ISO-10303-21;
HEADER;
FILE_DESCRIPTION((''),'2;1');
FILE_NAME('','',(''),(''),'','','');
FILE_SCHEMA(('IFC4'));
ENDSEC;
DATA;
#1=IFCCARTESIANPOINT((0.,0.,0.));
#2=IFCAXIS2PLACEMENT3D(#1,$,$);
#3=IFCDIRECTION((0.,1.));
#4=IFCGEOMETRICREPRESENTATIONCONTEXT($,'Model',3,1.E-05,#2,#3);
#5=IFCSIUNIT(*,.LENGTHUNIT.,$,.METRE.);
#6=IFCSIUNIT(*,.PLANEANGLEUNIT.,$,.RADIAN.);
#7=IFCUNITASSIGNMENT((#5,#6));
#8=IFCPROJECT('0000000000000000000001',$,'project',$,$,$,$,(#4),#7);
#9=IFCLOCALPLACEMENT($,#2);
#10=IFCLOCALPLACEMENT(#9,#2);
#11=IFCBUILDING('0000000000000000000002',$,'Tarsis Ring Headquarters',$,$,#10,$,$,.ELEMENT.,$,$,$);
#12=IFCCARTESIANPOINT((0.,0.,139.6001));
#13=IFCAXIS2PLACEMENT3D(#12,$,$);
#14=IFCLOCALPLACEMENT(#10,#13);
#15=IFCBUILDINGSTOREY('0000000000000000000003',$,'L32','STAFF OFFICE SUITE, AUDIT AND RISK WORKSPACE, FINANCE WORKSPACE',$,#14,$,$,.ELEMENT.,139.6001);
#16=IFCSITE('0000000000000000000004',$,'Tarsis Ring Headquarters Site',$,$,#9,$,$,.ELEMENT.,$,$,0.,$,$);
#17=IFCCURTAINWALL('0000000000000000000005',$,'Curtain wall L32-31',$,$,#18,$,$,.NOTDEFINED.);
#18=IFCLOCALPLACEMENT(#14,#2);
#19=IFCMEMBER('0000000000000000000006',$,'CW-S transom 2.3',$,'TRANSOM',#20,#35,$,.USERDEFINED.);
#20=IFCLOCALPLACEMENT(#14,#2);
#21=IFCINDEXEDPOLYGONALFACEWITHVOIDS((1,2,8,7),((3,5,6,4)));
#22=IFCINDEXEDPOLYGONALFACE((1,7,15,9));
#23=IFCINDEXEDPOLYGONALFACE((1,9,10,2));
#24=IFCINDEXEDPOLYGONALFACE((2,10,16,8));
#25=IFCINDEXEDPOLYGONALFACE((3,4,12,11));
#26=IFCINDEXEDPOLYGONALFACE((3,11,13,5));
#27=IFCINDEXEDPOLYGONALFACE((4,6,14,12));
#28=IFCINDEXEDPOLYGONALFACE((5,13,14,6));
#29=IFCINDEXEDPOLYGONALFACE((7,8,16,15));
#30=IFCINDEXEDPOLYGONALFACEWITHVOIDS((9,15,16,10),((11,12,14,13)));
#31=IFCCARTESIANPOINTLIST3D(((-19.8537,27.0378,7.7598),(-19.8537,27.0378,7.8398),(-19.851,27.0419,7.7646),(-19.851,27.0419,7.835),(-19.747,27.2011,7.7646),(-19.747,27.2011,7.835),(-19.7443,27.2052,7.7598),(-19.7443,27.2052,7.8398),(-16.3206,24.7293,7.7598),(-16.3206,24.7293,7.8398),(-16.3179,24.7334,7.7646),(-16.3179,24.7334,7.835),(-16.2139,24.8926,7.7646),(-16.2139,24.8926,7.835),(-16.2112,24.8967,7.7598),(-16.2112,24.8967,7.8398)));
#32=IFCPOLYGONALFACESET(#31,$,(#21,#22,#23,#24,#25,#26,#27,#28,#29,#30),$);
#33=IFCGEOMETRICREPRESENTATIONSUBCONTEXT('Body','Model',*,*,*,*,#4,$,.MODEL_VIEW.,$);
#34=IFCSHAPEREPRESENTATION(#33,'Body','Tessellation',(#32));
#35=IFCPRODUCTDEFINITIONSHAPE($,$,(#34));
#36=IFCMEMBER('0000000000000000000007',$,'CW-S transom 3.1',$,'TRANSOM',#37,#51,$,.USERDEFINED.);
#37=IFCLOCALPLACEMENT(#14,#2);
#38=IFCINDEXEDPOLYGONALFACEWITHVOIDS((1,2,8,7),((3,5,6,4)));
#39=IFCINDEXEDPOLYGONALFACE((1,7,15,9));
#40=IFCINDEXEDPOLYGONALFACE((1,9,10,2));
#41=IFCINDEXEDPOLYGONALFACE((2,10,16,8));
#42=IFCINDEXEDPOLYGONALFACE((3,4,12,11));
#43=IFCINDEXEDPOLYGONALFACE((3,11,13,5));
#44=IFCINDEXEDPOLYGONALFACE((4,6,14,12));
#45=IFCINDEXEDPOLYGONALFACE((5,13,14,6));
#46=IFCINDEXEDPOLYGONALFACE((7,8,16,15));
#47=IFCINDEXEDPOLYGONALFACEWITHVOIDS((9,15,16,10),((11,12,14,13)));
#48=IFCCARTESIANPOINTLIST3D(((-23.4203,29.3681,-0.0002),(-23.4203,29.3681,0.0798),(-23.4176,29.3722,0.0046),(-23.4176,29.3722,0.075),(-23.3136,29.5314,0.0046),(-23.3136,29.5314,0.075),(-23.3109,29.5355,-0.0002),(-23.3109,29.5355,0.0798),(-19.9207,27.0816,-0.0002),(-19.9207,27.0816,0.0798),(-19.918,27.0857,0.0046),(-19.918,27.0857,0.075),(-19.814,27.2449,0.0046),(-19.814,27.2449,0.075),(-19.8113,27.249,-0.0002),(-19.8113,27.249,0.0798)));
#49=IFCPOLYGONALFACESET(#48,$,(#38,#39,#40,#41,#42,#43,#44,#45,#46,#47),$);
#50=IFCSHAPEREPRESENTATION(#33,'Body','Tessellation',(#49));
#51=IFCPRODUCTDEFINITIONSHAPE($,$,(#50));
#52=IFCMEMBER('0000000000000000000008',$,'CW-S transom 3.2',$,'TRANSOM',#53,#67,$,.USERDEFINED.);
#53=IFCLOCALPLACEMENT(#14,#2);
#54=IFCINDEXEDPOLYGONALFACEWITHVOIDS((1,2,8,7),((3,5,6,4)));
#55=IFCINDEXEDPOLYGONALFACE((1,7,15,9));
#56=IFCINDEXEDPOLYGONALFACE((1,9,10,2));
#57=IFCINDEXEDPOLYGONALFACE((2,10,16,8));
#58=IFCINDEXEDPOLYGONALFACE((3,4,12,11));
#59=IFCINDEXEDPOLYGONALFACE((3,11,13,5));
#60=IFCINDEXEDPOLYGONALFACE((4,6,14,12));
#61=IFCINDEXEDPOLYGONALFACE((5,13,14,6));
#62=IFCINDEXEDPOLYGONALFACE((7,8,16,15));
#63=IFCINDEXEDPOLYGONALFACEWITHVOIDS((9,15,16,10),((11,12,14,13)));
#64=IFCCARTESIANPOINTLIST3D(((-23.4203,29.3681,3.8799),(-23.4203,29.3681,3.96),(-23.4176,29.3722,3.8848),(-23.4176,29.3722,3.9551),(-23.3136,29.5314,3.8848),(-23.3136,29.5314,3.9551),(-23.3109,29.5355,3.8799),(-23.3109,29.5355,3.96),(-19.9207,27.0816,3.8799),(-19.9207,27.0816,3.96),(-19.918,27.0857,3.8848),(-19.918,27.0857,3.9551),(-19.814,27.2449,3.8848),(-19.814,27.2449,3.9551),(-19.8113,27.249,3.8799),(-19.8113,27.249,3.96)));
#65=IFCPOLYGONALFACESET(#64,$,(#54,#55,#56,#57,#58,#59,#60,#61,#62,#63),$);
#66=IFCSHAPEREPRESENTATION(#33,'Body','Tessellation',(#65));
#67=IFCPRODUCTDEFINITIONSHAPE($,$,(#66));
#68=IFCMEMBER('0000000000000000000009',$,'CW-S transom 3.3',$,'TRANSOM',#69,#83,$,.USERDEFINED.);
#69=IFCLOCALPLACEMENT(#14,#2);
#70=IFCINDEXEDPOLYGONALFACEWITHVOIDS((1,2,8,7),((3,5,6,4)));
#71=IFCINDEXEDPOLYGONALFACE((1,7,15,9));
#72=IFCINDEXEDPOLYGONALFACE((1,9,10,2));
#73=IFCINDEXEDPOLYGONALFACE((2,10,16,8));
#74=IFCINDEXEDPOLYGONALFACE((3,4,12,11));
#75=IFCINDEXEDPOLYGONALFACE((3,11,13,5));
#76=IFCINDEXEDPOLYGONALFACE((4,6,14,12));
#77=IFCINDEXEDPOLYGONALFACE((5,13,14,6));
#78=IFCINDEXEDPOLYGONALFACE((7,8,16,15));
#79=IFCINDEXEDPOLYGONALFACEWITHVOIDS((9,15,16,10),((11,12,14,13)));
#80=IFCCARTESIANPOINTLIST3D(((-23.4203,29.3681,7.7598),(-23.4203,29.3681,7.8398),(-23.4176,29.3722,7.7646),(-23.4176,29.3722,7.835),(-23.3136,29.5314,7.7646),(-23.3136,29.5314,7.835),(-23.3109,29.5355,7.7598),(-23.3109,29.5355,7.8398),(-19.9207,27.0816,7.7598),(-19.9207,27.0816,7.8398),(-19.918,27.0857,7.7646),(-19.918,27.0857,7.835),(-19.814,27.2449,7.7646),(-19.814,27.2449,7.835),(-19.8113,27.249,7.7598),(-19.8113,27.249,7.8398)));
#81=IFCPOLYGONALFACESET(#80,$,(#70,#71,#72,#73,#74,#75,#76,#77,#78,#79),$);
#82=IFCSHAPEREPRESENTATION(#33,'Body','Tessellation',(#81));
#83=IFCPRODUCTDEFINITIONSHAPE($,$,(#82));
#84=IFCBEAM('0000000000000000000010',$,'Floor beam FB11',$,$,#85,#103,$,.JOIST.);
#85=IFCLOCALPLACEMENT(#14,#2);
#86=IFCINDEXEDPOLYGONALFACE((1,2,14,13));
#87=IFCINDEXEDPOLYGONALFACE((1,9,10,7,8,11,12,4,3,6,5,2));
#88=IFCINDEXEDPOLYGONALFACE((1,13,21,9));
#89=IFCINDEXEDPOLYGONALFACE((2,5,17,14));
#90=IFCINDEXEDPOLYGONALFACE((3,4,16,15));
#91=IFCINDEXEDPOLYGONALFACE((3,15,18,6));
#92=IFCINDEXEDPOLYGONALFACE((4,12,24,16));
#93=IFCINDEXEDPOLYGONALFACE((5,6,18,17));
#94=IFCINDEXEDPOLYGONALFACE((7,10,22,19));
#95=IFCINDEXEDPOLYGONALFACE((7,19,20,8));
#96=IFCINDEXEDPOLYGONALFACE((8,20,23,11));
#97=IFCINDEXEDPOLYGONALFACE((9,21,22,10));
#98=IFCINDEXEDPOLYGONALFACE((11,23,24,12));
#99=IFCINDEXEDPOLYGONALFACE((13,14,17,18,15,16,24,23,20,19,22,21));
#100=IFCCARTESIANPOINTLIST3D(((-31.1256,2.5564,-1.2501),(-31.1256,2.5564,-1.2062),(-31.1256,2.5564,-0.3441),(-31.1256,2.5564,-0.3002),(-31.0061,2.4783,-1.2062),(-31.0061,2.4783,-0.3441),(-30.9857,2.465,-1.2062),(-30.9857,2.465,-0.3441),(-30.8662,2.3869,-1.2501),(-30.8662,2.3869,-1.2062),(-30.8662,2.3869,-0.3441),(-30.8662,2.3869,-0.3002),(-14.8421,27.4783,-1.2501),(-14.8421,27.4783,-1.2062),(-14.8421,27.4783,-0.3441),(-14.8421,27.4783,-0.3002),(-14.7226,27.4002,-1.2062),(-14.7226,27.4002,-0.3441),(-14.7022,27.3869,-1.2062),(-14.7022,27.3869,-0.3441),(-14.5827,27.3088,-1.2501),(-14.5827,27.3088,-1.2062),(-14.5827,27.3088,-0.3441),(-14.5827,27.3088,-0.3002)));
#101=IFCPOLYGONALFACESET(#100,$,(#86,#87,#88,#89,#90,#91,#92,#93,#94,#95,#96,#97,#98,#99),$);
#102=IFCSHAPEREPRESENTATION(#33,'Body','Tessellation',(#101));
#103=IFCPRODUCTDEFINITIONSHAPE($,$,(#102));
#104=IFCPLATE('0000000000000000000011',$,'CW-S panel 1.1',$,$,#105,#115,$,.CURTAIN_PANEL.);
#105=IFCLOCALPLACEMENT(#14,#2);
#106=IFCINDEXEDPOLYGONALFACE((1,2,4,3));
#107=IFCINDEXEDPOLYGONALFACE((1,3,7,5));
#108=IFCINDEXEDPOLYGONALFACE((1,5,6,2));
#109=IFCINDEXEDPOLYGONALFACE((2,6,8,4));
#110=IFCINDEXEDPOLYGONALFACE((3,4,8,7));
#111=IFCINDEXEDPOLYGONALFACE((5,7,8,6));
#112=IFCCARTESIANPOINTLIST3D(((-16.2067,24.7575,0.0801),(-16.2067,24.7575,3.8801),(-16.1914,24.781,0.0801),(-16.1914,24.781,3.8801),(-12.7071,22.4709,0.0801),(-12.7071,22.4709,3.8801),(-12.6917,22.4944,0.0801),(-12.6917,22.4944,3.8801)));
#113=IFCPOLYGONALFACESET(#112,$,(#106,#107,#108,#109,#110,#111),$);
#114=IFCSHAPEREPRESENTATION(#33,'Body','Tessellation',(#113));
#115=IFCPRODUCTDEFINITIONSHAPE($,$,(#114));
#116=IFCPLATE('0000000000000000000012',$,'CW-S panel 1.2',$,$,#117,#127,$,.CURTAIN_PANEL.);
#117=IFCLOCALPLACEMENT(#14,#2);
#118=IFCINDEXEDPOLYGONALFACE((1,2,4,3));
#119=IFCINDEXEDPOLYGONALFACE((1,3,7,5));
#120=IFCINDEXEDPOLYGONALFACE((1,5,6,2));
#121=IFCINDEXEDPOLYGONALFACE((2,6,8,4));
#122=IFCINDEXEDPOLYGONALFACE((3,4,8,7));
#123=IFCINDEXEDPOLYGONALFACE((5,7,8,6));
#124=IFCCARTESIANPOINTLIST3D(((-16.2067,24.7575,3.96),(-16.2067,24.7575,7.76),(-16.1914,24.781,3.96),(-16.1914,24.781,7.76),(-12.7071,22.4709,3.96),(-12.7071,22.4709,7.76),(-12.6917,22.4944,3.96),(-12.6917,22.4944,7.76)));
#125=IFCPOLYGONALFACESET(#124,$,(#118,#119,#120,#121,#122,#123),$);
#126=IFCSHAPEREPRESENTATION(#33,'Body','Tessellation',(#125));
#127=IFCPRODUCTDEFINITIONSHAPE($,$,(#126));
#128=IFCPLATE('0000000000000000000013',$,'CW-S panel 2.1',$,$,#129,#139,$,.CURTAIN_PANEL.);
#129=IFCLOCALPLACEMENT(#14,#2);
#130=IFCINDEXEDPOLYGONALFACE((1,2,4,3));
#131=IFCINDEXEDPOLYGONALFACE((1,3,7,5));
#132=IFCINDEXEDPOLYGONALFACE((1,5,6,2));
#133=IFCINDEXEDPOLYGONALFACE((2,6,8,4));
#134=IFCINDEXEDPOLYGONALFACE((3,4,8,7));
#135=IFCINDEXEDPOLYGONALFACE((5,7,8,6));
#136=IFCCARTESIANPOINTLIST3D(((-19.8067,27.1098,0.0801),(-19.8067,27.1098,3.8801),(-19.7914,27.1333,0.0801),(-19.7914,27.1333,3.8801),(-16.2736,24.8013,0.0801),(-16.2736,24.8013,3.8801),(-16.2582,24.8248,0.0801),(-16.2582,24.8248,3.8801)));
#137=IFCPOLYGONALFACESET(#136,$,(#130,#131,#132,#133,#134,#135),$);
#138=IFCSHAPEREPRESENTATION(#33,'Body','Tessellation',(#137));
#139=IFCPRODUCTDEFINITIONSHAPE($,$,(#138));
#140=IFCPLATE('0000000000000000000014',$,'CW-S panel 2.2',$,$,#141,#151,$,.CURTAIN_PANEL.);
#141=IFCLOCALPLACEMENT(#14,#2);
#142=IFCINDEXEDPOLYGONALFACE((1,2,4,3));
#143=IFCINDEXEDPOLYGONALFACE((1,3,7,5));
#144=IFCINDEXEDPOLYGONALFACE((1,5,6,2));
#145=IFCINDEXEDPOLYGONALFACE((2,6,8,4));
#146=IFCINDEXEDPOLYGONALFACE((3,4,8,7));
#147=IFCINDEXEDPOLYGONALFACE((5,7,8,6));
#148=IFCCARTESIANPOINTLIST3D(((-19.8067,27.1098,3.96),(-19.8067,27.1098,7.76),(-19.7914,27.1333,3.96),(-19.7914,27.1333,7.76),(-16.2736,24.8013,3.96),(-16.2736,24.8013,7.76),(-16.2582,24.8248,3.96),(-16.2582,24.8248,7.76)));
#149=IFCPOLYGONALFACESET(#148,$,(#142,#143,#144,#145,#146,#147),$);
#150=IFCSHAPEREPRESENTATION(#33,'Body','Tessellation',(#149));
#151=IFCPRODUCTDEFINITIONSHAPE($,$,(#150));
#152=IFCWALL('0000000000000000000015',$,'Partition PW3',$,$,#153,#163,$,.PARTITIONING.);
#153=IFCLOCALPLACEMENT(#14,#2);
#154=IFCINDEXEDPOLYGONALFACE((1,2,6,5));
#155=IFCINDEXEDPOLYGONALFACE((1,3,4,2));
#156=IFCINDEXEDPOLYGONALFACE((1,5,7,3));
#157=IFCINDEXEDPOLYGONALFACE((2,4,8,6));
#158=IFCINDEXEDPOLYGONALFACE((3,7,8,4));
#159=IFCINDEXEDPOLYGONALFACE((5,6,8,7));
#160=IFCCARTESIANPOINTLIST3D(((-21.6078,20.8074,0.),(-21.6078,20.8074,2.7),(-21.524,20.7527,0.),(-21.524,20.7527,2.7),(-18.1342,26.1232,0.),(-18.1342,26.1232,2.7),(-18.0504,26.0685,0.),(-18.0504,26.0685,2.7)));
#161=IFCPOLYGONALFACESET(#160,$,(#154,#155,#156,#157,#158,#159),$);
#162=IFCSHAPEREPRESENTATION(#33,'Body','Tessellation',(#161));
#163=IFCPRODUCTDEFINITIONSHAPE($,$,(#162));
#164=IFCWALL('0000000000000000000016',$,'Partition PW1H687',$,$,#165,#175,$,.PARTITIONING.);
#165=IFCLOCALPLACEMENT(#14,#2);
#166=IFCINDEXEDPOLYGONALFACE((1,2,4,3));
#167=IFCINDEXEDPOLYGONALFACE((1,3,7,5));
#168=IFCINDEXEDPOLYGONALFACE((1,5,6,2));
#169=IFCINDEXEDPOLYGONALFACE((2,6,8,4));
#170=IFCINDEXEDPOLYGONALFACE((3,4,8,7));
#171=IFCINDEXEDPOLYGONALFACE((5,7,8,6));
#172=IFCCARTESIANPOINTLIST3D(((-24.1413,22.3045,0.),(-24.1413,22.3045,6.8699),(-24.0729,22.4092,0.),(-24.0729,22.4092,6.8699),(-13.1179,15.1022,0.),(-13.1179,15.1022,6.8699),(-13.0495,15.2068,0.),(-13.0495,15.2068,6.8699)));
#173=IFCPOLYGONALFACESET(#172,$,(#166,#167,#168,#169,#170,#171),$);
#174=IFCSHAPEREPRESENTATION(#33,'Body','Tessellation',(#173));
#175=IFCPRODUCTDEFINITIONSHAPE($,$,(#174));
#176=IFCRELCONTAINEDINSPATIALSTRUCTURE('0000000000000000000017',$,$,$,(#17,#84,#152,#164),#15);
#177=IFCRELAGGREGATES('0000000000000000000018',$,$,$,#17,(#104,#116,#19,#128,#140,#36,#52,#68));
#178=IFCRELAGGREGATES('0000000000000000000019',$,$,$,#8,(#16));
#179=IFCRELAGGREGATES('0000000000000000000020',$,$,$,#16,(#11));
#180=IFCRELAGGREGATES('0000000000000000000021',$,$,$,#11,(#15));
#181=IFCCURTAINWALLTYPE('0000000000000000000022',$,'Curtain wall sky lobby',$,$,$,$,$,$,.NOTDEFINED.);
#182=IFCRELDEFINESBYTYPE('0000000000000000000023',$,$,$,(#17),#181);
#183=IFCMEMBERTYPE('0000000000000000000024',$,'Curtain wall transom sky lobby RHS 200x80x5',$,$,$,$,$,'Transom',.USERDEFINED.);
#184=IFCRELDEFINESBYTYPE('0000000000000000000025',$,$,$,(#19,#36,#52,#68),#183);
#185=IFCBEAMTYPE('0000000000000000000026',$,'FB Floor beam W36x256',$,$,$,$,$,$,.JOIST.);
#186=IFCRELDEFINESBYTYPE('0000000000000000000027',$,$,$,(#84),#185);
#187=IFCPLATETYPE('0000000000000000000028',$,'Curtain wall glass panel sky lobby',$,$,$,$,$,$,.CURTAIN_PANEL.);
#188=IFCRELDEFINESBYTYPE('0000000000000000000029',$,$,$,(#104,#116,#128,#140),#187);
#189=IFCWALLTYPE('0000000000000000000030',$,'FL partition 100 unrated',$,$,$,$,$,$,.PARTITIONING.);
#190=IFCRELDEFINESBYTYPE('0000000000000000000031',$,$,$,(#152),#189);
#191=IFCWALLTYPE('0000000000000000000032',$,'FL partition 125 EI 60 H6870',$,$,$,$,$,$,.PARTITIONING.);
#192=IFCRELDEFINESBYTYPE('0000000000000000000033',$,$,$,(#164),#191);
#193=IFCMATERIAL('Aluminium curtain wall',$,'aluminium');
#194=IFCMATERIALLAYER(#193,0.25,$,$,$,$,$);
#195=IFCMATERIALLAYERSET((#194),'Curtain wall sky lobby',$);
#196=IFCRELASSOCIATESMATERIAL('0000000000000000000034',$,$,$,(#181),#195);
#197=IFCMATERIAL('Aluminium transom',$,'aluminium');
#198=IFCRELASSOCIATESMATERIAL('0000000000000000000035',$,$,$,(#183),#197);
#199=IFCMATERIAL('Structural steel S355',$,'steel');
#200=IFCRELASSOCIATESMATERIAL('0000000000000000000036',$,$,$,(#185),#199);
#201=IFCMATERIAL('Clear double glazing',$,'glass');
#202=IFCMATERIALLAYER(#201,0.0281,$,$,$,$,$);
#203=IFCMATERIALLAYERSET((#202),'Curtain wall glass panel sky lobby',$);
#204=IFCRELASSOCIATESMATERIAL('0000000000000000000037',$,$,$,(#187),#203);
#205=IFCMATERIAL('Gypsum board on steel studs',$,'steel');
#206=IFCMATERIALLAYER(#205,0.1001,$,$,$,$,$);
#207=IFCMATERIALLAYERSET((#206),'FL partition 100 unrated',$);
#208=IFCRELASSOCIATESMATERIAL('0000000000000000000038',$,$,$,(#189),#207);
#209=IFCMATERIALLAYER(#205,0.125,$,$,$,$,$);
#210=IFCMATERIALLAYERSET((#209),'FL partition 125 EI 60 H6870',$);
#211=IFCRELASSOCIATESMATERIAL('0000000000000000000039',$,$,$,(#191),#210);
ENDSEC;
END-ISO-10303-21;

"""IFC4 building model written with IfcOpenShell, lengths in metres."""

from ifc_helpers import new_model, si_unit, direction, frame, frame_2d, origin, origin_2d, place, context, subcontext, project, spatial, rectangle, hollow_rectangle, i_section, extrude, material, layer, layer_set, material_profile, profile_set, type_object, element, aggregate, save


model = new_model("IFC4")

# Units and contexts
model_context = context("Model", 3, precision=1e-05, world=origin(), true_north=direction((0.0, 1.0)))
body_context = subcontext(model_context, "Body", "Model", "MODEL_VIEW")
ifc_project = project(units=[si_unit("LENGTHUNIT", "METRE"), si_unit("PLANEANGLEUNIT", "RADIAN")], contexts=[model_context])

# Site, building, storey
site_placement = place(None, origin())
site = spatial("IfcSite", under=ifc_project, at=site_placement, Name="Tarsis Ring Headquarters Site", CompositionType="ELEMENT", RefElevation=0.0)
building_placement = place(site_placement, origin())
building = spatial("IfcBuilding", under=site, at=building_placement, Name="Tarsis Ring Headquarters", CompositionType="ELEMENT")
storey_placement = place(building_placement, frame((0.0, 0.0, 139.6001)))
storey = spatial("IfcBuildingStorey", under=building, at=storey_placement, Name="L32", Description="STAFF OFFICE SUITE, AUDIT AND RISK WORKSPACE, FINANCE WORKSPACE", CompositionType="ELEMENT", Elevation=139.6001)

# Shared definitions
ifc_material_1 = material(Name="Structural steel S355", Category="steel")

# Curtain wall, members
ifc_material_2 = material(Name="Aluminium curtain wall", Category="aluminium")
ifc_layer_1 = layer(ifc_material_2, 0.25)
ifc_layer_set_1 = layer_set([ifc_layer_1], Name="Curtain wall sky lobby")
curtain_wall_type = type_object("IfcCurtainWallType", Name="Curtain wall sky lobby", PredefinedType="NOTDEFINED", material=ifc_layer_set_1)
curtain_wall_placement = place(storey_placement, origin())
curtain_wall = element("IfcCurtainWall", 1, at=curtain_wall_placement, inside=storey, type_object=curtain_wall_type, Name="Curtain wall L32-31", PredefinedType="NOTDEFINED")
ifc_material_3 = material(Name="Aluminium transom", Category="aluminium")
ifc_material_profile_1 = material_profile(ifc_material_3, hollow_rectangle(XDim=0.2, YDim=0.0801, WallThickness=0.0049, at=origin_2d()), Name="RHS 200x80x5")
ifc_profile_set_1 = profile_set([ifc_material_profile_1], Name="Aluminium transom")
member_type_1 = type_object("IfcMemberType", Name="Curtain wall transom sky lobby RHS 200x80x5", ElementType="Transom", PredefinedType="USERDEFINED", material=ifc_profile_set_1)
member_1_placement = place(storey_placement, frame((-16.2659, 24.813, 7.7998), z_axis=(-0.837141, 0.546988, 0.0), x_axis=(-0.546988, -0.837141, 0.0)))
member_1 = element("IfcMember", 2, at=member_1_placement, type_object=member_type_1, Name="CW-S transom 2.3", ObjectType="TRANSOM", PredefinedType="USERDEFINED", context=body_context, shape_type="SweptSolid", body=[
    extrude(hollow_rectangle(XDim=0.2, YDim=0.0801, WallThickness=0.0049, at=origin_2d()), origin(), (0.0, 0.0, 1.0), 4.2205),
])
member_2_placement = place(storey_placement, frame((-19.866, 27.1653, 0.0398), z_axis=(-0.837154, 0.546968, 0.0), x_axis=(-0.546968, -0.837154, 0.0)))
member_2 = element("IfcMember", 3, at=member_2_placement, type_object=member_type_1, Name="CW-S transom 3.1", ObjectType="TRANSOM", PredefinedType="USERDEFINED", context=body_context, shape_type="SweptSolid", body=[
    extrude(hollow_rectangle(XDim=0.2, YDim=0.0801, WallThickness=0.0049, at=origin_2d()), origin(), (0.0, 0.0, 1.0), 4.1804),
])
member_3_placement = place(storey_placement, frame((-19.866, 27.1653, 3.9199), z_axis=(-0.837154, 0.546968, 0.0), x_axis=(-0.546968, -0.837154, 0.0)))
member_3 = element("IfcMember", 4, at=member_3_placement, type_object=member_type_1, Name="CW-S transom 3.2", ObjectType="TRANSOM", PredefinedType="USERDEFINED", context=body_context, shape_type="SweptSolid", body=[
    extrude(hollow_rectangle(XDim=0.2, YDim=0.0801, WallThickness=0.0049, at=origin_2d()), origin(), (0.0, 0.0, 1.0), 4.1804),
])
member_4_placement = place(storey_placement, frame((-19.866, 27.1653, 7.7998), z_axis=(-0.837154, 0.546968, 0.0), x_axis=(-0.546968, -0.837154, 0.0)))
member_4 = element("IfcMember", 5, at=member_4_placement, type_object=member_type_1, Name="CW-S transom 3.3", ObjectType="TRANSOM", PredefinedType="USERDEFINED", context=body_context, shape_type="SweptSolid", body=[
    extrude(hollow_rectangle(XDim=0.2, YDim=0.0801, WallThickness=0.0049, at=origin_2d()), origin(), (0.0, 0.0, 1.0), 4.1804),
])

# Beam
ifc_material_profile_2 = material_profile(ifc_material_1, i_section(OverallWidth=0.3098, OverallDepth=0.95, WebThickness=0.0244, FlangeThickness=0.0439, at=origin_2d()), Name="W36x256")
ifc_profile_set_2 = profile_set([ifc_material_profile_2], Name="Structural steel S355")
beam_type = type_object("IfcBeamType", Name="FB Floor beam W36x256", PredefinedType="JOIST", material=ifc_profile_set_2)
beam_placement = place(storey_placement, frame((-14.7124, 27.3936, -0.7751), z_axis=(-0.546976, -0.837148, 0.0), x_axis=(0.837148, -0.546976, 0.0)))
element("IfcBeam", 6, at=beam_placement, inside=storey, type_object=beam_type, Name="Floor beam FB11", PredefinedType="JOIST", context=body_context, shape_type="SweptSolid", body=[
    extrude(i_section(OverallWidth=0.3098, OverallDepth=0.95, WebThickness=0.0244, FlangeThickness=0.0439, at=origin_2d()), origin(), (0.0, 0.0, 1.0), 29.77),
])

# Plates
ifc_material_4 = material(Name="Clear double glazing", Category="glass")
ifc_layer_2 = layer(ifc_material_4, 0.0281)
ifc_layer_set_2 = layer_set([ifc_layer_2], Name="Curtain wall glass panel sky lobby")
plate_type = type_object("IfcPlateType", Name="Curtain wall glass panel sky lobby", PredefinedType="CURTAIN_PANEL", material=ifc_layer_set_2)
plate_1_placement = place(storey_placement, frame((-14.4492, 23.626, 0.0801), z_axis=(0.0, 0.0, 1.0), x_axis=(-0.837146, 0.546979, 0.0)))
plate_1 = element("IfcPlate", 7, at=plate_1_placement, type_object=plate_type, Name="CW-S panel 1.1", PredefinedType="CURTAIN_PANEL", context=body_context, shape_type="SweptSolid", body=[
    extrude(rectangle(XDim=4.1804, YDim=0.0281, at=origin_2d()), origin(), (0.0, 0.0, 1.0), 3.8),
])
plate_2_placement = place(storey_placement, frame((-14.4492, 23.626, 3.96), z_axis=(0.0, 0.0, 1.0), x_axis=(-0.837146, 0.546979, 0.0)))
plate_2 = element("IfcPlate", 8, at=plate_2_placement, type_object=plate_type, Name="CW-S panel 1.2", PredefinedType="CURTAIN_PANEL", context=body_context, shape_type="SweptSolid", body=[
    extrude(rectangle(XDim=4.1804, YDim=0.0281, at=origin_2d()), origin(), (0.0, 0.0, 1.0), 3.8),
])
plate_3_placement = place(storey_placement, frame((-18.0325, 25.9673, 0.0801), z_axis=(0.0, 0.0, 1.0), x_axis=(-0.837146, 0.546979, 0.0)))
plate_3 = element("IfcPlate", 9, at=plate_3_placement, type_object=plate_type, Name="CW-S panel 2.1", PredefinedType="CURTAIN_PANEL", context=body_context, shape_type="SweptSolid", body=[
    extrude(rectangle(XDim=4.2205, YDim=0.0281, at=origin_2d()), origin(), (0.0, 0.0, 1.0), 3.8),
])
plate_4_placement = place(storey_placement, frame((-18.0325, 25.9673, 3.96), z_axis=(0.0, 0.0, 1.0), x_axis=(-0.837146, 0.546979, 0.0)))
plate_4 = element("IfcPlate", 10, at=plate_4_placement, type_object=plate_type, Name="CW-S panel 2.2", PredefinedType="CURTAIN_PANEL", context=body_context, shape_type="SweptSolid", body=[
    extrude(rectangle(XDim=4.2205, YDim=0.0281, at=origin_2d()), origin(), (0.0, 0.0, 1.0), 3.8),
])
aggregate(curtain_wall, [plate_1, plate_2, member_1, plate_3, plate_4, member_2, member_3, member_4])

# Walls
ifc_material_5 = material(Name="Gypsum board on steel studs", Category="steel")
ifc_layer_3 = layer(ifc_material_5, 0.1001)
ifc_layer_set_3 = layer_set([ifc_layer_3], Name="FL partition 100 unrated")
wall_type_1 = type_object("IfcWallType", Name="FL partition 100 unrated", PredefinedType="PARTITIONING", material=ifc_layer_set_3)
wall_1_placement = place(storey_placement, frame((-21.5659, 20.78, 0.0), z_axis=(0.0, 0.0, 1.0), x_axis=(0.547011, 0.837125, 0.0)))
element("IfcWall", 11, at=wall_1_placement, inside=storey, type_object=wall_type_1, Name="Partition PW3", PredefinedType="PARTITIONING", context=body_context, shape_type="SweptSolid", body=[
    extrude(rectangle(XDim=6.3501, YDim=0.1001, at=frame_2d((3.175, 0.0))), origin(), (0.0, 0.0, 1.0), 2.7),
])
ifc_layer_4 = layer(ifc_material_5, 0.125)
ifc_layer_set_4 = layer_set([ifc_layer_4], Name="FL partition 125 EI 60 H6870")
wall_type_2 = type_object("IfcWallType", Name="FL partition 125 EI 60 H6870", PredefinedType="PARTITIONING", material=ifc_layer_set_4)
wall_2_placement = place(storey_placement, frame((-24.1072, 22.3569, 0.0), z_axis=(0.0, 0.0, 1.0), x_axis=(0.837152, -0.546971, 0.0)))
element("IfcWall", 12, at=wall_2_placement, inside=storey, type_object=wall_type_2, Name="Partition PW1H687", PredefinedType="PARTITIONING", context=body_context, shape_type="SweptSolid", body=[
    extrude(rectangle(XDim=13.1677, YDim=0.125, at=frame_2d((6.584, 0.0))), origin(), (0.0, 0.0, 1.0), 6.8699),
])

save(model, "model.ifc")
